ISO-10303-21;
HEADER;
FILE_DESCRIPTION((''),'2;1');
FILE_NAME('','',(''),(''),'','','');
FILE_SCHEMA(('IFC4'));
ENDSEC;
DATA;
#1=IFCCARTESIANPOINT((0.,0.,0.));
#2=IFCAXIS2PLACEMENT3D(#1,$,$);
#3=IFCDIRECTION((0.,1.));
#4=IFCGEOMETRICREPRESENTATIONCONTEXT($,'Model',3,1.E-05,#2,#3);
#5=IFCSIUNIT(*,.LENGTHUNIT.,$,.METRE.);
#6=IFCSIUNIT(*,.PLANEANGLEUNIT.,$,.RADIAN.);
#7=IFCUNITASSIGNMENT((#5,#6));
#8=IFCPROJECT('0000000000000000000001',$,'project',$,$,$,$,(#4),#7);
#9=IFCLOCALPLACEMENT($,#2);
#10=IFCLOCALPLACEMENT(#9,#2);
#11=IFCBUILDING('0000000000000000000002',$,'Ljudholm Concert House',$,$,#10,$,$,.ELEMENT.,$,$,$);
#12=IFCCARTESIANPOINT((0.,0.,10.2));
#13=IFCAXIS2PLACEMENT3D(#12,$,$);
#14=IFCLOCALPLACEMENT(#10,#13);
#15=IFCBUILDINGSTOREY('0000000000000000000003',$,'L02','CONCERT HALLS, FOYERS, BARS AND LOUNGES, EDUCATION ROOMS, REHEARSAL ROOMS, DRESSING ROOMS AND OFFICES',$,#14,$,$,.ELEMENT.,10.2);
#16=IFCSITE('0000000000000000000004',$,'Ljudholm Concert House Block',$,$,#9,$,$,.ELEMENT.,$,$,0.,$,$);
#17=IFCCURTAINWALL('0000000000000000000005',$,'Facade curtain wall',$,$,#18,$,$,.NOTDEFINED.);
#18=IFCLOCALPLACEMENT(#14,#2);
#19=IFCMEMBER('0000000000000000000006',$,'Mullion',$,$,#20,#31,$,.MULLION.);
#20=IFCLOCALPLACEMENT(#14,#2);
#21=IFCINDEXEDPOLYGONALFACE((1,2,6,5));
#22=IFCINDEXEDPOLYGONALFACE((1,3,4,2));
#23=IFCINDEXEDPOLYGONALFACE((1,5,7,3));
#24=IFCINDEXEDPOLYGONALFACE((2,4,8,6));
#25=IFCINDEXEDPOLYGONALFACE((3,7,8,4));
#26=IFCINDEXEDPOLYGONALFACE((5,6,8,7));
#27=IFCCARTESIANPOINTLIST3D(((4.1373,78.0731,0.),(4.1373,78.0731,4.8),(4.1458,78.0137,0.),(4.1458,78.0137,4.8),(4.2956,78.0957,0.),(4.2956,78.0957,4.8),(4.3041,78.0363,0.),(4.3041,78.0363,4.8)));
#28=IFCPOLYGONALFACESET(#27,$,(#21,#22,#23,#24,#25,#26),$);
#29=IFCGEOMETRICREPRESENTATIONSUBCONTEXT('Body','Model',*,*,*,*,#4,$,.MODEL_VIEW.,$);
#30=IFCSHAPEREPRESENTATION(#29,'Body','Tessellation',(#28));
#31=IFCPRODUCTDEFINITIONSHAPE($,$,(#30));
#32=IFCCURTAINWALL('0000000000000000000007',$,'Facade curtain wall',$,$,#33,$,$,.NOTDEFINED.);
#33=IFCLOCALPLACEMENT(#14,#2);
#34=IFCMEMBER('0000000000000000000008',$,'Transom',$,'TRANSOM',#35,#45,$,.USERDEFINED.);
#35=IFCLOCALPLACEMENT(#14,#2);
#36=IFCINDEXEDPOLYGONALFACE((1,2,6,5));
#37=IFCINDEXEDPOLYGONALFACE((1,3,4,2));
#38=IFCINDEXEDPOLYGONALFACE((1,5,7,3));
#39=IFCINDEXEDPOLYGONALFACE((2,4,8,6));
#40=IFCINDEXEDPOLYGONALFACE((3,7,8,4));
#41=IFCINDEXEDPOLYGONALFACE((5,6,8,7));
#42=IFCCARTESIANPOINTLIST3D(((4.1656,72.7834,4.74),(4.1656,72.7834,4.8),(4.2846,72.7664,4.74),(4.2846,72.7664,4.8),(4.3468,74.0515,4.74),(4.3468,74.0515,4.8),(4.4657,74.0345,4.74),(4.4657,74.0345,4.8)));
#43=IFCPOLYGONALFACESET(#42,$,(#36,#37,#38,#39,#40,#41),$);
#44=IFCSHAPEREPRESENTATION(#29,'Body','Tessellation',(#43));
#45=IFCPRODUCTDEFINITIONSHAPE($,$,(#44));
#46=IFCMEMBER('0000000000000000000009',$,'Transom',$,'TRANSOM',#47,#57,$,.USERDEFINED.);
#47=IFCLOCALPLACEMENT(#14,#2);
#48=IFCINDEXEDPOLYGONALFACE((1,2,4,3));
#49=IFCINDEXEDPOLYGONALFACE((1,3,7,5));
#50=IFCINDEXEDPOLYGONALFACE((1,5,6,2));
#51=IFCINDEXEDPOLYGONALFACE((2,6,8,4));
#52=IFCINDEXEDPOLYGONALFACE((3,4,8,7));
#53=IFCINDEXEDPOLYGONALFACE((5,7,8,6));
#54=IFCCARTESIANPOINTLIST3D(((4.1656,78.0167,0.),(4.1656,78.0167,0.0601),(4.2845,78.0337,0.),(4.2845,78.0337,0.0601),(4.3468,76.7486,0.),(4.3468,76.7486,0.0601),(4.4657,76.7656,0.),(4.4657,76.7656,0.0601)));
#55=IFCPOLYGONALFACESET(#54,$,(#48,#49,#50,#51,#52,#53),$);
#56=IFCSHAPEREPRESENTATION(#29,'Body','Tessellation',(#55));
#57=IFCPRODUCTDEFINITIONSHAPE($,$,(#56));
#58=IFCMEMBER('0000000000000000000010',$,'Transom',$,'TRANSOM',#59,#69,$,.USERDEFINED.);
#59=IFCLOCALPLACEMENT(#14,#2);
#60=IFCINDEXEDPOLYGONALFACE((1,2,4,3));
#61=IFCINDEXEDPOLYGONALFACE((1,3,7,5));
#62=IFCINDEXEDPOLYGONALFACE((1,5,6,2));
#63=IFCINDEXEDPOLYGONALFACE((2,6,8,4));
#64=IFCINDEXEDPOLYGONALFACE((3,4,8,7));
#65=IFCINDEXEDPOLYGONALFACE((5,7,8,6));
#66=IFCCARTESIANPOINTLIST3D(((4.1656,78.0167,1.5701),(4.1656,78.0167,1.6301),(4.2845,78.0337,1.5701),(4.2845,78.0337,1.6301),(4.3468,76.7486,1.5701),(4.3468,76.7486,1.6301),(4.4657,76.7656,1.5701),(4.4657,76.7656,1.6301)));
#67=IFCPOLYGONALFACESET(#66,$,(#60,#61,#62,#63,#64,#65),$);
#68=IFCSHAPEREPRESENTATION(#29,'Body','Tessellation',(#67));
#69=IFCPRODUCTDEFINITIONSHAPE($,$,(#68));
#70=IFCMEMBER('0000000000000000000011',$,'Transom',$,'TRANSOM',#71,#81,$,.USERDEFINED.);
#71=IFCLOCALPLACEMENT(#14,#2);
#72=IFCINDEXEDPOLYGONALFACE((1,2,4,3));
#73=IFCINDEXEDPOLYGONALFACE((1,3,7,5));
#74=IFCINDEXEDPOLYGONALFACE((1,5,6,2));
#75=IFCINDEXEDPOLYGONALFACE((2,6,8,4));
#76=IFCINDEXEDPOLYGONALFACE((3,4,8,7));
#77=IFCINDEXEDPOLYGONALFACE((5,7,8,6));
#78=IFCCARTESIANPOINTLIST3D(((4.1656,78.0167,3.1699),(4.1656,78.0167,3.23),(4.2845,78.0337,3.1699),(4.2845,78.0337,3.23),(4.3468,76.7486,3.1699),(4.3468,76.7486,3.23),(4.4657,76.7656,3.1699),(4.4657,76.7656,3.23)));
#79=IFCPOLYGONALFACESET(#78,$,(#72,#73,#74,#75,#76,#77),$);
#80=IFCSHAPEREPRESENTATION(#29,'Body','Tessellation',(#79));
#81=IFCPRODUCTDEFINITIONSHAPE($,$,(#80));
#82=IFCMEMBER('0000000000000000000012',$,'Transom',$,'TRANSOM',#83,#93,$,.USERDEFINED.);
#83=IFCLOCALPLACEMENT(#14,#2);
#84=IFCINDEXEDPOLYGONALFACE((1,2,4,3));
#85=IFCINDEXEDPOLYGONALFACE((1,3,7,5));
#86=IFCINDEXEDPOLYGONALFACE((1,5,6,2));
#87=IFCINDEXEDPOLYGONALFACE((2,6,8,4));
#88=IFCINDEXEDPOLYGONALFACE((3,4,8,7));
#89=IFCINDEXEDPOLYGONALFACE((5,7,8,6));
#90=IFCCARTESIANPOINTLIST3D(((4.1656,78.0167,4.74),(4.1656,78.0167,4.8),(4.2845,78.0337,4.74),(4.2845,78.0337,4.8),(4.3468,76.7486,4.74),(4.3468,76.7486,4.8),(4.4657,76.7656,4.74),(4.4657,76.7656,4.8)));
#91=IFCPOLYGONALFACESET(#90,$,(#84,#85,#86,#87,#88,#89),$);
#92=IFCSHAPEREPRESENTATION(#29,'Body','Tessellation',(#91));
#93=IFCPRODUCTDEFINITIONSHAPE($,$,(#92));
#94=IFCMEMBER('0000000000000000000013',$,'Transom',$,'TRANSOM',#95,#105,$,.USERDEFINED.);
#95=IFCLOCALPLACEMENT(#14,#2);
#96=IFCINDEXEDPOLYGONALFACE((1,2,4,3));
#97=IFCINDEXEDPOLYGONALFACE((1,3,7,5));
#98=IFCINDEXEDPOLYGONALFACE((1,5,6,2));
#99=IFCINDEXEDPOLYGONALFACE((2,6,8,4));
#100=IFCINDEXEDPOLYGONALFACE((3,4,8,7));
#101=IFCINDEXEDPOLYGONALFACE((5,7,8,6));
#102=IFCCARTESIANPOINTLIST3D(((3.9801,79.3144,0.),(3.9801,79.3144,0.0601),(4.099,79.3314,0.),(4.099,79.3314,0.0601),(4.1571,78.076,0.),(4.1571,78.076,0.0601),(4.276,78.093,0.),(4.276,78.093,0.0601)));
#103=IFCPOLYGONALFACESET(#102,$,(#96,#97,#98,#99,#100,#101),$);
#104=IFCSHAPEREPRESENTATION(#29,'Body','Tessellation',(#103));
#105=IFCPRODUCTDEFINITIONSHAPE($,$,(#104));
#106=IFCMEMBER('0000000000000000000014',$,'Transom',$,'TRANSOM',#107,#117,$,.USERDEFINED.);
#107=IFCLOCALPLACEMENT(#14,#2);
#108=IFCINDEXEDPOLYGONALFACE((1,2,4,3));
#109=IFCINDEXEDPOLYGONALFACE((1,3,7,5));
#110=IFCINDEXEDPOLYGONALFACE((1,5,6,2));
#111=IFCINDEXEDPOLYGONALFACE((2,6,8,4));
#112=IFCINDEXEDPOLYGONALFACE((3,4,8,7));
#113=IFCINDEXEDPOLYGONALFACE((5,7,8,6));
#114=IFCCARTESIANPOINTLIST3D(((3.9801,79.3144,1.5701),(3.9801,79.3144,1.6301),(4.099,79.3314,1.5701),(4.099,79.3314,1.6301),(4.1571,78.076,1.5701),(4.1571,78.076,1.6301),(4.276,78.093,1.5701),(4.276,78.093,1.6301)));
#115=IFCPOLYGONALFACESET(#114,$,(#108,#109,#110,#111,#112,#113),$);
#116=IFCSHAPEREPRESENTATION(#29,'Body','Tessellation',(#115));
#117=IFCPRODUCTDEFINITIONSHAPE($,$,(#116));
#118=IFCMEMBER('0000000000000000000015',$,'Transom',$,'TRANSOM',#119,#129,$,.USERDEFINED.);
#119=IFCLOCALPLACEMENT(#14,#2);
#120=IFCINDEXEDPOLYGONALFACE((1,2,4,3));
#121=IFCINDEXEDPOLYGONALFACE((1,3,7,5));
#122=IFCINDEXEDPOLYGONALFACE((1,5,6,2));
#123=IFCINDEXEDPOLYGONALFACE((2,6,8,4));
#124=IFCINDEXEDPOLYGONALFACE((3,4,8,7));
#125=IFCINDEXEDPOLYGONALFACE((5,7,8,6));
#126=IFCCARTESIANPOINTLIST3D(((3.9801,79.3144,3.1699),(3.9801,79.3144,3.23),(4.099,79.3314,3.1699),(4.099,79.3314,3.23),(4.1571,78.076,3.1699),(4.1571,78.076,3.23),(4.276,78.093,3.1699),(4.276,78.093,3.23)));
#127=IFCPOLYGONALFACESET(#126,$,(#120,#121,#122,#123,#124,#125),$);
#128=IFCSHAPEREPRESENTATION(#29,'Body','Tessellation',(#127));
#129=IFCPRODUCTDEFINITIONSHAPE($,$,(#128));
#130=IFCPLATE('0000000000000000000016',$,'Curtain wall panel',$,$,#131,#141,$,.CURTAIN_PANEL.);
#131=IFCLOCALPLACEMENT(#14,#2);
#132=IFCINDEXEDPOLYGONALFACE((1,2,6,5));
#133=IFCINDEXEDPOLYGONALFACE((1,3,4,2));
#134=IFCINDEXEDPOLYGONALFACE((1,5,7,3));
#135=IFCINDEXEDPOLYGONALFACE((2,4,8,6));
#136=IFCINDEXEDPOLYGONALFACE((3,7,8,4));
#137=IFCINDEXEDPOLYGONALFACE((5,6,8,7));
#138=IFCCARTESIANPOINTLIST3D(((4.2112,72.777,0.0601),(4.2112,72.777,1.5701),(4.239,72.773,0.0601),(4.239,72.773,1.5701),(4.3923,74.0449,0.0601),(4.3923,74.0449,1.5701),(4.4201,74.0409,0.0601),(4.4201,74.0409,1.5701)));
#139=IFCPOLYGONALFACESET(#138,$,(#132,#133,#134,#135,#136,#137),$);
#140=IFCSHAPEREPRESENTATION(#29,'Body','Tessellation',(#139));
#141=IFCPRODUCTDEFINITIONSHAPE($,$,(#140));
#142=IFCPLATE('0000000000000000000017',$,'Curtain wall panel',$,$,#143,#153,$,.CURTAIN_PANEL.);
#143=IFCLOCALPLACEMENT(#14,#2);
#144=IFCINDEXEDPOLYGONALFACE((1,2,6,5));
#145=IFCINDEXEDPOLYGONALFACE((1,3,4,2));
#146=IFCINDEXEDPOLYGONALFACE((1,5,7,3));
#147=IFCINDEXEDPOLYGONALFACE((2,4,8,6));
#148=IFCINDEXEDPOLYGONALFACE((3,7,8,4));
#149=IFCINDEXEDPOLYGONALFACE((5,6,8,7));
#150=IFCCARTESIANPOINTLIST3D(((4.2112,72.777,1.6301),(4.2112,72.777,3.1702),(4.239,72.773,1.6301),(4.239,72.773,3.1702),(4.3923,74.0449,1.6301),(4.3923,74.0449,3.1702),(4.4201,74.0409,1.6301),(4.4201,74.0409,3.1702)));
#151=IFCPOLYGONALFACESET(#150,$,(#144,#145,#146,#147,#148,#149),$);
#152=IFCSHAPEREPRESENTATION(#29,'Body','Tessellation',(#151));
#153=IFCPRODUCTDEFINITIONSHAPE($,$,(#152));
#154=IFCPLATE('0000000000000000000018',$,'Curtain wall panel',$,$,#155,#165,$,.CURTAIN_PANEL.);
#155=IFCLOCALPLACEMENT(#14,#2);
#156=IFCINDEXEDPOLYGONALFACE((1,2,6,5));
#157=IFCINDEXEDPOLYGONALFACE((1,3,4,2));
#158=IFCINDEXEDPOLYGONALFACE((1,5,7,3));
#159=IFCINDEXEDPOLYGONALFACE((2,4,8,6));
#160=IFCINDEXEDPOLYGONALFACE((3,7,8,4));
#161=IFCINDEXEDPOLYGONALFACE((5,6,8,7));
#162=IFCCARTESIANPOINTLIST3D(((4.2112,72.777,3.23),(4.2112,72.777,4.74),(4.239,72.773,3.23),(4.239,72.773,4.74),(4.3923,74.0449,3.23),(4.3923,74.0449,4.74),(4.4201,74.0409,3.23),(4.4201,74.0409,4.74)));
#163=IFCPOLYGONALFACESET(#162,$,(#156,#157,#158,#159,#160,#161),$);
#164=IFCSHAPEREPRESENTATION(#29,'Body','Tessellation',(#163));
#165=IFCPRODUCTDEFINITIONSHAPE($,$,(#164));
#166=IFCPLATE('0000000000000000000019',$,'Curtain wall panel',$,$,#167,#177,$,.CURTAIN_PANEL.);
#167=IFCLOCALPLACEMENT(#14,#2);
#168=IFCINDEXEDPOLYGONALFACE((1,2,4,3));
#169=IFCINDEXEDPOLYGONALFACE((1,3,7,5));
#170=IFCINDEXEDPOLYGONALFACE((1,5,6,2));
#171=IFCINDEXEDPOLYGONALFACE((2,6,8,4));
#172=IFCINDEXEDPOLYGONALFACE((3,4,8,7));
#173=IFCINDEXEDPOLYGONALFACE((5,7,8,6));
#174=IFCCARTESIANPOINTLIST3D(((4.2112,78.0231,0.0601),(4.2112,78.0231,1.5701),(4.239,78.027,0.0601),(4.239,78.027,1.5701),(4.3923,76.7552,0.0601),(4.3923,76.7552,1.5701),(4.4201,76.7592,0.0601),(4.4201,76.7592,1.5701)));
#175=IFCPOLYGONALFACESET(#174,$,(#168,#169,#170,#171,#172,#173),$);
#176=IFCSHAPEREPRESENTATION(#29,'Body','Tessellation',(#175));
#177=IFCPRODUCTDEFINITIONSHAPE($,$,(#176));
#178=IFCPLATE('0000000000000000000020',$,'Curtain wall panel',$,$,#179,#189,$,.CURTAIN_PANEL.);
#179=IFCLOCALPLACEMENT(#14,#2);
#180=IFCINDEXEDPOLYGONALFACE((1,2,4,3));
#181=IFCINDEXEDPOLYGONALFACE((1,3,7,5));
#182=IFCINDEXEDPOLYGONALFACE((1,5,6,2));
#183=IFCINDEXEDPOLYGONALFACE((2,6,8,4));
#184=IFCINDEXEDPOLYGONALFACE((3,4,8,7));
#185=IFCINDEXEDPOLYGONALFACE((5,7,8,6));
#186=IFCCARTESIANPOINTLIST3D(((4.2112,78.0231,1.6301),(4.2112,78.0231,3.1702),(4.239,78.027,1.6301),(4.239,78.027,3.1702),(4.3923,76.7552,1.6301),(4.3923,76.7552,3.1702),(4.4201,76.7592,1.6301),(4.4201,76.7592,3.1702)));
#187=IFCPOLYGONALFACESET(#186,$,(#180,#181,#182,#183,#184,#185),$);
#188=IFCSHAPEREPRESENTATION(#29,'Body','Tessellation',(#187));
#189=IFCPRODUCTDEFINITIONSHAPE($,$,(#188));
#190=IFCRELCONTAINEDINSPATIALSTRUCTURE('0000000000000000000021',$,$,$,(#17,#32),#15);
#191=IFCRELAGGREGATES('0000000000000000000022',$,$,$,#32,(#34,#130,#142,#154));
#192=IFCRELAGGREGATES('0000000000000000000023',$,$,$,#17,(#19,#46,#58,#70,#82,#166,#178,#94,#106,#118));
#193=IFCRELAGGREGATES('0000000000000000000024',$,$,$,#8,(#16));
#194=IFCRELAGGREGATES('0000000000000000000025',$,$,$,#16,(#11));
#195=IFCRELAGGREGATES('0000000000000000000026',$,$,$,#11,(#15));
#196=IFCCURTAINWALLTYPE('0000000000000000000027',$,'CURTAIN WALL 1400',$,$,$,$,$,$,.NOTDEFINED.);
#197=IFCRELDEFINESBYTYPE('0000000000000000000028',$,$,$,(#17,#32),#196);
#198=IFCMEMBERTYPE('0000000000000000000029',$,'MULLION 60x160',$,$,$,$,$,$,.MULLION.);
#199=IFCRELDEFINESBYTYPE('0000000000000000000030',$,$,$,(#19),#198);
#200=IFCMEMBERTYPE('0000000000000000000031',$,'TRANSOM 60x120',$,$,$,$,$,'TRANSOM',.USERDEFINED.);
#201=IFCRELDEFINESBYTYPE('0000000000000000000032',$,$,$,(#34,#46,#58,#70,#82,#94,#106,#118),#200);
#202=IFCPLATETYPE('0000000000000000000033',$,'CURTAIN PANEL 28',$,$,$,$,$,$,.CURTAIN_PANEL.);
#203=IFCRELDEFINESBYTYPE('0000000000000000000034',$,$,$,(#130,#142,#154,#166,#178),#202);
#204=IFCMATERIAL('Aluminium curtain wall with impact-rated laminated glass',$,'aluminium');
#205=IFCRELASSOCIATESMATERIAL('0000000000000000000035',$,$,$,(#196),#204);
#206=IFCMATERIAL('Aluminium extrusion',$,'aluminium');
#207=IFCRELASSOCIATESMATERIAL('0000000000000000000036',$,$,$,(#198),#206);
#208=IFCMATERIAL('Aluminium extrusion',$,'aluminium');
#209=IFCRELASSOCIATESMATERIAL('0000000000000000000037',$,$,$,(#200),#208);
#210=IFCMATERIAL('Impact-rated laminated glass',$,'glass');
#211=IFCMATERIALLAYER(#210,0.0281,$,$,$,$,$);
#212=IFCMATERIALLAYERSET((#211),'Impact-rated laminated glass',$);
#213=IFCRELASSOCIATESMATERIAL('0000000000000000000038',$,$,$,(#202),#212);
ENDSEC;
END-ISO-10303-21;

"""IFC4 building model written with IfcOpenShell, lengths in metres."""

from ifc_helpers import new_model, si_unit, direction, frame, origin, origin_2d, place, context, subcontext, project, spatial, rectangle, extrude, material, layer, layer_set, material_profile, profile_set, type_object, element, aggregate, save


model = new_model("IFC4")

# Units and contexts
model_context = context("Model", 3, precision=1e-05, world=origin(), true_north=direction((0.0, 1.0)))
body_context = subcontext(model_context, "Body", "Model", "MODEL_VIEW")
ifc_project = project(units=[si_unit("LENGTHUNIT", "METRE"), si_unit("PLANEANGLEUNIT", "RADIAN")], contexts=[model_context])

# Site, building, storey
site_placement = place(None, origin())
site = spatial("IfcSite", under=ifc_project, at=site_placement, Name="Ljudholm Concert House Block", CompositionType="ELEMENT", RefElevation=0.0)
building_placement = place(site_placement, origin())
building = spatial("IfcBuilding", under=site, at=building_placement, Name="Ljudholm Concert House", CompositionType="ELEMENT")
storey_placement = place(building_placement, frame((0.0, 0.0, 10.2)))
storey = spatial("IfcBuildingStorey", under=building, at=storey_placement, Name="L02", Description="CONCERT HALLS, FOYERS, BARS AND LOUNGES, EDUCATION ROOMS, REHEARSAL ROOMS, DRESSING ROOMS AND OFFICES", CompositionType="ELEMENT", Elevation=10.2)

# Curtain walls, members
ifc_material_1 = material(Name="Aluminium curtain wall with impact-rated laminated glass", Category="aluminium")
curtain_wall_type = type_object("IfcCurtainWallType", Name="CURTAIN WALL 1400", PredefinedType="NOTDEFINED", material=ifc_material_1)
curtain_wall_1_placement = place(storey_placement, origin())
curtain_wall_1 = element("IfcCurtainWall", 1, at=curtain_wall_1_placement, inside=storey, type_object=curtain_wall_type, Name="Facade curtain wall", PredefinedType="NOTDEFINED")
ifc_material_2 = material(Name="Aluminium extrusion", Category="aluminium")
ifc_material_profile_1 = material_profile(ifc_material_2, rectangle(XDim=0.1599, YDim=0.0601, at=origin_2d()), Name="MULLION 60x160")
ifc_profile_set_1 = profile_set([ifc_material_profile_1], Name="Aluminium extrusion")
member_type_1 = type_object("IfcMemberType", Name="MULLION 60x160", PredefinedType="MULLION", material=ifc_profile_set_1)
member_1_placement = place(storey_placement, frame((4.2207, 78.0547, 0.0), z_axis=(0.0, 0.0, 1.0), x_axis=(-0.989949, -0.141421, 0.0)))
member_1 = element("IfcMember", 2, at=member_1_placement, type_object=member_type_1, Name="Mullion", PredefinedType="MULLION", context=body_context, shape_type="SweptSolid", body=[
    extrude(rectangle(XDim=0.1599, YDim=0.0601, at=origin_2d()), origin(), (0.0, 0.0, 1.0), 4.8),
])
curtain_wall_2_placement = place(storey_placement, origin())
curtain_wall_2 = element("IfcCurtainWall", 3, at=curtain_wall_2_placement, inside=storey, type_object=curtain_wall_type, Name="Facade curtain wall", PredefinedType="NOTDEFINED")
ifc_material_3 = material(Name="Aluminium extrusion", Category="aluminium")
ifc_material_profile_2 = material_profile(ifc_material_3, rectangle(XDim=0.1201, YDim=0.0601, at=origin_2d()), Name="TRANSOM 60x120")
ifc_profile_set_2 = profile_set([ifc_material_profile_2], Name="Aluminium extrusion")
member_type_2 = type_object("IfcMemberType", Name="TRANSOM 60x120", ElementType="TRANSOM", PredefinedType="USERDEFINED", material=ifc_profile_set_2)
member_2_placement = place(storey_placement, frame((4.2251, 72.7749, 4.77), z_axis=(0.141421, 0.989949, 0.0), x_axis=(-0.989949, 0.141421, 0.0)))
member_2 = element("IfcMember", 4, at=member_2_placement, type_object=member_type_2, Name="Transom", ObjectType="TRANSOM", PredefinedType="USERDEFINED", context=body_context, shape_type="SweptSolid", body=[
    extrude(rectangle(XDim=0.1201, YDim=0.0601, at=origin_2d()), origin(), (0.0, 0.0, 1.0), 1.281),
])

# Members
member_3_placement = place(storey_placement, frame((4.4062, 76.7571, 0.03), z_axis=(-0.141421, 0.989949, 0.0), x_axis=(-0.989949, -0.141421, 0.0)))
member_3 = element("IfcMember", 5, at=member_3_placement, type_object=member_type_2, Name="Transom", ObjectType="TRANSOM", PredefinedType="USERDEFINED", context=body_context, shape_type="SweptSolid", body=[
    extrude(rectangle(XDim=0.1201, YDim=0.0601, at=origin_2d()), origin(), (0.0, 0.0, 1.0), 1.281),
])
member_4_placement = place(storey_placement, frame((4.4062, 76.7571, 1.6001), z_axis=(-0.141421, 0.989949, 0.0), x_axis=(-0.989949, -0.141421, 0.0)))
member_4 = element("IfcMember", 6, at=member_4_placement, type_object=member_type_2, Name="Transom", ObjectType="TRANSOM", PredefinedType="USERDEFINED", context=body_context, shape_type="SweptSolid", body=[
    extrude(rectangle(XDim=0.1201, YDim=0.0601, at=origin_2d()), origin(), (0.0, 0.0, 1.0), 1.281),
])
member_5_placement = place(storey_placement, frame((4.4062, 76.7571, 3.2), z_axis=(-0.141421, 0.989949, 0.0), x_axis=(-0.989949, -0.141421, 0.0)))
member_5 = element("IfcMember", 7, at=member_5_placement, type_object=member_type_2, Name="Transom", ObjectType="TRANSOM", PredefinedType="USERDEFINED", context=body_context, shape_type="SweptSolid", body=[
    extrude(rectangle(XDim=0.1201, YDim=0.0601, at=origin_2d()), origin(), (0.0, 0.0, 1.0), 1.281),
])
member_6_placement = place(storey_placement, frame((4.4062, 76.7571, 4.77), z_axis=(-0.141421, 0.989949, 0.0), x_axis=(-0.989949, -0.141421, 0.0)))
member_6 = element("IfcMember", 8, at=member_6_placement, type_object=member_type_2, Name="Transom", ObjectType="TRANSOM", PredefinedType="USERDEFINED", context=body_context, shape_type="SweptSolid", body=[
    extrude(rectangle(XDim=0.1201, YDim=0.0601, at=origin_2d()), origin(), (0.0, 0.0, 1.0), 1.281),
])
member_7_placement = place(storey_placement, frame((4.2166, 78.0845, 0.03), z_axis=(-0.141503, 0.989938, 0.0), x_axis=(-0.989938, -0.141503, 0.0)))
member_7 = element("IfcMember", 9, at=member_7_placement, type_object=member_type_2, Name="Transom", ObjectType="TRANSOM", PredefinedType="USERDEFINED", context=body_context, shape_type="SweptSolid", body=[
    extrude(rectangle(XDim=0.1201, YDim=0.0601, at=origin_2d()), origin(), (0.0, 0.0, 1.0), 1.251),
])
member_8_placement = place(storey_placement, frame((4.2166, 78.0845, 1.6001), z_axis=(-0.141503, 0.989938, 0.0), x_axis=(-0.989938, -0.141503, 0.0)))
member_8 = element("IfcMember", 10, at=member_8_placement, type_object=member_type_2, Name="Transom", ObjectType="TRANSOM", PredefinedType="USERDEFINED", context=body_context, shape_type="SweptSolid", body=[
    extrude(rectangle(XDim=0.1201, YDim=0.0601, at=origin_2d()), origin(), (0.0, 0.0, 1.0), 1.251),
])
member_9_placement = place(storey_placement, frame((4.2166, 78.0845, 3.2), z_axis=(-0.141503, 0.989938, 0.0), x_axis=(-0.989938, -0.141503, 0.0)))
member_9 = element("IfcMember", 11, at=member_9_placement, type_object=member_type_2, Name="Transom", ObjectType="TRANSOM", PredefinedType="USERDEFINED", context=body_context, shape_type="SweptSolid", body=[
    extrude(rectangle(XDim=0.1201, YDim=0.0601, at=origin_2d()), origin(), (0.0, 0.0, 1.0), 1.251),
])

# Plates
ifc_material_4 = material(Name="Impact-rated laminated glass", Category="glass")
ifc_layer = layer(ifc_material_4, 0.0281)
ifc_layer_set = layer_set([ifc_layer], Name="Impact-rated laminated glass")
plate_type = type_object("IfcPlateType", Name="CURTAIN PANEL 28", PredefinedType="CURTAIN_PANEL", material=ifc_layer_set)
plate_1_placement = place(storey_placement, frame((4.3157, 73.4089, 0.0601), z_axis=(0.0, 0.0, 1.0), x_axis=(0.141421, 0.989949, 0.0)))
plate_1 = element("IfcPlate", 12, at=plate_1_placement, type_object=plate_type, Name="Curtain wall panel", PredefinedType="CURTAIN_PANEL", context=body_context, shape_type="SweptSolid", body=[
    extrude(rectangle(XDim=1.2808, YDim=0.0281, at=origin_2d()), origin(), (0.0, 0.0, 1.0), 1.51),
])
plate_2_placement = place(storey_placement, frame((4.3157, 73.4089, 1.6301), z_axis=(0.0, 0.0, 1.0), x_axis=(0.141421, 0.989949, 0.0)))
plate_2 = element("IfcPlate", 13, at=plate_2_placement, type_object=plate_type, Name="Curtain wall panel", PredefinedType="CURTAIN_PANEL", context=body_context, shape_type="SweptSolid", body=[
    extrude(rectangle(XDim=1.2808, YDim=0.0281, at=origin_2d()), origin(), (0.0, 0.0, 1.0), 1.54),
])
plate_3_placement = place(storey_placement, frame((4.3157, 73.4089, 3.23), z_axis=(0.0, 0.0, 1.0), x_axis=(0.141421, 0.989949, 0.0)))
plate_3 = element("IfcPlate", 14, at=plate_3_placement, type_object=plate_type, Name="Curtain wall panel", PredefinedType="CURTAIN_PANEL", context=body_context, shape_type="SweptSolid", body=[
    extrude(rectangle(XDim=1.2808, YDim=0.0281, at=origin_2d()), origin(), (0.0, 0.0, 1.0), 1.51),
])
aggregate(curtain_wall_2, [member_2, plate_1, plate_2, plate_3])
plate_4_placement = place(storey_placement, frame((4.3157, 77.3911, 0.0601), z_axis=(0.0, 0.0, 1.0), x_axis=(-0.141421, 0.989949, 0.0)))
plate_4 = element("IfcPlate", 15, at=plate_4_placement, type_object=plate_type, Name="Curtain wall panel", PredefinedType="CURTAIN_PANEL", context=body_context, shape_type="SweptSolid", body=[
    extrude(rectangle(XDim=1.2808, YDim=0.0281, at=origin_2d()), origin(), (0.0, 0.0, 1.0), 1.51),
])
plate_5_placement = place(storey_placement, frame((4.3157, 77.3911, 1.6301), z_axis=(0.0, 0.0, 1.0), x_axis=(-0.141421, 0.989949, 0.0)))
plate_5 = element("IfcPlate", 16, at=plate_5_placement, type_object=plate_type, Name="Curtain wall panel", PredefinedType="CURTAIN_PANEL", context=body_context, shape_type="SweptSolid", body=[
    extrude(rectangle(XDim=1.2808, YDim=0.0281, at=origin_2d()), origin(), (0.0, 0.0, 1.0), 1.54),
])
aggregate(curtain_wall_1, [member_1, member_3, member_4, member_5, member_6, plate_4, plate_5, member_7, member_8, member_9])

save(model, "model.ifc")
